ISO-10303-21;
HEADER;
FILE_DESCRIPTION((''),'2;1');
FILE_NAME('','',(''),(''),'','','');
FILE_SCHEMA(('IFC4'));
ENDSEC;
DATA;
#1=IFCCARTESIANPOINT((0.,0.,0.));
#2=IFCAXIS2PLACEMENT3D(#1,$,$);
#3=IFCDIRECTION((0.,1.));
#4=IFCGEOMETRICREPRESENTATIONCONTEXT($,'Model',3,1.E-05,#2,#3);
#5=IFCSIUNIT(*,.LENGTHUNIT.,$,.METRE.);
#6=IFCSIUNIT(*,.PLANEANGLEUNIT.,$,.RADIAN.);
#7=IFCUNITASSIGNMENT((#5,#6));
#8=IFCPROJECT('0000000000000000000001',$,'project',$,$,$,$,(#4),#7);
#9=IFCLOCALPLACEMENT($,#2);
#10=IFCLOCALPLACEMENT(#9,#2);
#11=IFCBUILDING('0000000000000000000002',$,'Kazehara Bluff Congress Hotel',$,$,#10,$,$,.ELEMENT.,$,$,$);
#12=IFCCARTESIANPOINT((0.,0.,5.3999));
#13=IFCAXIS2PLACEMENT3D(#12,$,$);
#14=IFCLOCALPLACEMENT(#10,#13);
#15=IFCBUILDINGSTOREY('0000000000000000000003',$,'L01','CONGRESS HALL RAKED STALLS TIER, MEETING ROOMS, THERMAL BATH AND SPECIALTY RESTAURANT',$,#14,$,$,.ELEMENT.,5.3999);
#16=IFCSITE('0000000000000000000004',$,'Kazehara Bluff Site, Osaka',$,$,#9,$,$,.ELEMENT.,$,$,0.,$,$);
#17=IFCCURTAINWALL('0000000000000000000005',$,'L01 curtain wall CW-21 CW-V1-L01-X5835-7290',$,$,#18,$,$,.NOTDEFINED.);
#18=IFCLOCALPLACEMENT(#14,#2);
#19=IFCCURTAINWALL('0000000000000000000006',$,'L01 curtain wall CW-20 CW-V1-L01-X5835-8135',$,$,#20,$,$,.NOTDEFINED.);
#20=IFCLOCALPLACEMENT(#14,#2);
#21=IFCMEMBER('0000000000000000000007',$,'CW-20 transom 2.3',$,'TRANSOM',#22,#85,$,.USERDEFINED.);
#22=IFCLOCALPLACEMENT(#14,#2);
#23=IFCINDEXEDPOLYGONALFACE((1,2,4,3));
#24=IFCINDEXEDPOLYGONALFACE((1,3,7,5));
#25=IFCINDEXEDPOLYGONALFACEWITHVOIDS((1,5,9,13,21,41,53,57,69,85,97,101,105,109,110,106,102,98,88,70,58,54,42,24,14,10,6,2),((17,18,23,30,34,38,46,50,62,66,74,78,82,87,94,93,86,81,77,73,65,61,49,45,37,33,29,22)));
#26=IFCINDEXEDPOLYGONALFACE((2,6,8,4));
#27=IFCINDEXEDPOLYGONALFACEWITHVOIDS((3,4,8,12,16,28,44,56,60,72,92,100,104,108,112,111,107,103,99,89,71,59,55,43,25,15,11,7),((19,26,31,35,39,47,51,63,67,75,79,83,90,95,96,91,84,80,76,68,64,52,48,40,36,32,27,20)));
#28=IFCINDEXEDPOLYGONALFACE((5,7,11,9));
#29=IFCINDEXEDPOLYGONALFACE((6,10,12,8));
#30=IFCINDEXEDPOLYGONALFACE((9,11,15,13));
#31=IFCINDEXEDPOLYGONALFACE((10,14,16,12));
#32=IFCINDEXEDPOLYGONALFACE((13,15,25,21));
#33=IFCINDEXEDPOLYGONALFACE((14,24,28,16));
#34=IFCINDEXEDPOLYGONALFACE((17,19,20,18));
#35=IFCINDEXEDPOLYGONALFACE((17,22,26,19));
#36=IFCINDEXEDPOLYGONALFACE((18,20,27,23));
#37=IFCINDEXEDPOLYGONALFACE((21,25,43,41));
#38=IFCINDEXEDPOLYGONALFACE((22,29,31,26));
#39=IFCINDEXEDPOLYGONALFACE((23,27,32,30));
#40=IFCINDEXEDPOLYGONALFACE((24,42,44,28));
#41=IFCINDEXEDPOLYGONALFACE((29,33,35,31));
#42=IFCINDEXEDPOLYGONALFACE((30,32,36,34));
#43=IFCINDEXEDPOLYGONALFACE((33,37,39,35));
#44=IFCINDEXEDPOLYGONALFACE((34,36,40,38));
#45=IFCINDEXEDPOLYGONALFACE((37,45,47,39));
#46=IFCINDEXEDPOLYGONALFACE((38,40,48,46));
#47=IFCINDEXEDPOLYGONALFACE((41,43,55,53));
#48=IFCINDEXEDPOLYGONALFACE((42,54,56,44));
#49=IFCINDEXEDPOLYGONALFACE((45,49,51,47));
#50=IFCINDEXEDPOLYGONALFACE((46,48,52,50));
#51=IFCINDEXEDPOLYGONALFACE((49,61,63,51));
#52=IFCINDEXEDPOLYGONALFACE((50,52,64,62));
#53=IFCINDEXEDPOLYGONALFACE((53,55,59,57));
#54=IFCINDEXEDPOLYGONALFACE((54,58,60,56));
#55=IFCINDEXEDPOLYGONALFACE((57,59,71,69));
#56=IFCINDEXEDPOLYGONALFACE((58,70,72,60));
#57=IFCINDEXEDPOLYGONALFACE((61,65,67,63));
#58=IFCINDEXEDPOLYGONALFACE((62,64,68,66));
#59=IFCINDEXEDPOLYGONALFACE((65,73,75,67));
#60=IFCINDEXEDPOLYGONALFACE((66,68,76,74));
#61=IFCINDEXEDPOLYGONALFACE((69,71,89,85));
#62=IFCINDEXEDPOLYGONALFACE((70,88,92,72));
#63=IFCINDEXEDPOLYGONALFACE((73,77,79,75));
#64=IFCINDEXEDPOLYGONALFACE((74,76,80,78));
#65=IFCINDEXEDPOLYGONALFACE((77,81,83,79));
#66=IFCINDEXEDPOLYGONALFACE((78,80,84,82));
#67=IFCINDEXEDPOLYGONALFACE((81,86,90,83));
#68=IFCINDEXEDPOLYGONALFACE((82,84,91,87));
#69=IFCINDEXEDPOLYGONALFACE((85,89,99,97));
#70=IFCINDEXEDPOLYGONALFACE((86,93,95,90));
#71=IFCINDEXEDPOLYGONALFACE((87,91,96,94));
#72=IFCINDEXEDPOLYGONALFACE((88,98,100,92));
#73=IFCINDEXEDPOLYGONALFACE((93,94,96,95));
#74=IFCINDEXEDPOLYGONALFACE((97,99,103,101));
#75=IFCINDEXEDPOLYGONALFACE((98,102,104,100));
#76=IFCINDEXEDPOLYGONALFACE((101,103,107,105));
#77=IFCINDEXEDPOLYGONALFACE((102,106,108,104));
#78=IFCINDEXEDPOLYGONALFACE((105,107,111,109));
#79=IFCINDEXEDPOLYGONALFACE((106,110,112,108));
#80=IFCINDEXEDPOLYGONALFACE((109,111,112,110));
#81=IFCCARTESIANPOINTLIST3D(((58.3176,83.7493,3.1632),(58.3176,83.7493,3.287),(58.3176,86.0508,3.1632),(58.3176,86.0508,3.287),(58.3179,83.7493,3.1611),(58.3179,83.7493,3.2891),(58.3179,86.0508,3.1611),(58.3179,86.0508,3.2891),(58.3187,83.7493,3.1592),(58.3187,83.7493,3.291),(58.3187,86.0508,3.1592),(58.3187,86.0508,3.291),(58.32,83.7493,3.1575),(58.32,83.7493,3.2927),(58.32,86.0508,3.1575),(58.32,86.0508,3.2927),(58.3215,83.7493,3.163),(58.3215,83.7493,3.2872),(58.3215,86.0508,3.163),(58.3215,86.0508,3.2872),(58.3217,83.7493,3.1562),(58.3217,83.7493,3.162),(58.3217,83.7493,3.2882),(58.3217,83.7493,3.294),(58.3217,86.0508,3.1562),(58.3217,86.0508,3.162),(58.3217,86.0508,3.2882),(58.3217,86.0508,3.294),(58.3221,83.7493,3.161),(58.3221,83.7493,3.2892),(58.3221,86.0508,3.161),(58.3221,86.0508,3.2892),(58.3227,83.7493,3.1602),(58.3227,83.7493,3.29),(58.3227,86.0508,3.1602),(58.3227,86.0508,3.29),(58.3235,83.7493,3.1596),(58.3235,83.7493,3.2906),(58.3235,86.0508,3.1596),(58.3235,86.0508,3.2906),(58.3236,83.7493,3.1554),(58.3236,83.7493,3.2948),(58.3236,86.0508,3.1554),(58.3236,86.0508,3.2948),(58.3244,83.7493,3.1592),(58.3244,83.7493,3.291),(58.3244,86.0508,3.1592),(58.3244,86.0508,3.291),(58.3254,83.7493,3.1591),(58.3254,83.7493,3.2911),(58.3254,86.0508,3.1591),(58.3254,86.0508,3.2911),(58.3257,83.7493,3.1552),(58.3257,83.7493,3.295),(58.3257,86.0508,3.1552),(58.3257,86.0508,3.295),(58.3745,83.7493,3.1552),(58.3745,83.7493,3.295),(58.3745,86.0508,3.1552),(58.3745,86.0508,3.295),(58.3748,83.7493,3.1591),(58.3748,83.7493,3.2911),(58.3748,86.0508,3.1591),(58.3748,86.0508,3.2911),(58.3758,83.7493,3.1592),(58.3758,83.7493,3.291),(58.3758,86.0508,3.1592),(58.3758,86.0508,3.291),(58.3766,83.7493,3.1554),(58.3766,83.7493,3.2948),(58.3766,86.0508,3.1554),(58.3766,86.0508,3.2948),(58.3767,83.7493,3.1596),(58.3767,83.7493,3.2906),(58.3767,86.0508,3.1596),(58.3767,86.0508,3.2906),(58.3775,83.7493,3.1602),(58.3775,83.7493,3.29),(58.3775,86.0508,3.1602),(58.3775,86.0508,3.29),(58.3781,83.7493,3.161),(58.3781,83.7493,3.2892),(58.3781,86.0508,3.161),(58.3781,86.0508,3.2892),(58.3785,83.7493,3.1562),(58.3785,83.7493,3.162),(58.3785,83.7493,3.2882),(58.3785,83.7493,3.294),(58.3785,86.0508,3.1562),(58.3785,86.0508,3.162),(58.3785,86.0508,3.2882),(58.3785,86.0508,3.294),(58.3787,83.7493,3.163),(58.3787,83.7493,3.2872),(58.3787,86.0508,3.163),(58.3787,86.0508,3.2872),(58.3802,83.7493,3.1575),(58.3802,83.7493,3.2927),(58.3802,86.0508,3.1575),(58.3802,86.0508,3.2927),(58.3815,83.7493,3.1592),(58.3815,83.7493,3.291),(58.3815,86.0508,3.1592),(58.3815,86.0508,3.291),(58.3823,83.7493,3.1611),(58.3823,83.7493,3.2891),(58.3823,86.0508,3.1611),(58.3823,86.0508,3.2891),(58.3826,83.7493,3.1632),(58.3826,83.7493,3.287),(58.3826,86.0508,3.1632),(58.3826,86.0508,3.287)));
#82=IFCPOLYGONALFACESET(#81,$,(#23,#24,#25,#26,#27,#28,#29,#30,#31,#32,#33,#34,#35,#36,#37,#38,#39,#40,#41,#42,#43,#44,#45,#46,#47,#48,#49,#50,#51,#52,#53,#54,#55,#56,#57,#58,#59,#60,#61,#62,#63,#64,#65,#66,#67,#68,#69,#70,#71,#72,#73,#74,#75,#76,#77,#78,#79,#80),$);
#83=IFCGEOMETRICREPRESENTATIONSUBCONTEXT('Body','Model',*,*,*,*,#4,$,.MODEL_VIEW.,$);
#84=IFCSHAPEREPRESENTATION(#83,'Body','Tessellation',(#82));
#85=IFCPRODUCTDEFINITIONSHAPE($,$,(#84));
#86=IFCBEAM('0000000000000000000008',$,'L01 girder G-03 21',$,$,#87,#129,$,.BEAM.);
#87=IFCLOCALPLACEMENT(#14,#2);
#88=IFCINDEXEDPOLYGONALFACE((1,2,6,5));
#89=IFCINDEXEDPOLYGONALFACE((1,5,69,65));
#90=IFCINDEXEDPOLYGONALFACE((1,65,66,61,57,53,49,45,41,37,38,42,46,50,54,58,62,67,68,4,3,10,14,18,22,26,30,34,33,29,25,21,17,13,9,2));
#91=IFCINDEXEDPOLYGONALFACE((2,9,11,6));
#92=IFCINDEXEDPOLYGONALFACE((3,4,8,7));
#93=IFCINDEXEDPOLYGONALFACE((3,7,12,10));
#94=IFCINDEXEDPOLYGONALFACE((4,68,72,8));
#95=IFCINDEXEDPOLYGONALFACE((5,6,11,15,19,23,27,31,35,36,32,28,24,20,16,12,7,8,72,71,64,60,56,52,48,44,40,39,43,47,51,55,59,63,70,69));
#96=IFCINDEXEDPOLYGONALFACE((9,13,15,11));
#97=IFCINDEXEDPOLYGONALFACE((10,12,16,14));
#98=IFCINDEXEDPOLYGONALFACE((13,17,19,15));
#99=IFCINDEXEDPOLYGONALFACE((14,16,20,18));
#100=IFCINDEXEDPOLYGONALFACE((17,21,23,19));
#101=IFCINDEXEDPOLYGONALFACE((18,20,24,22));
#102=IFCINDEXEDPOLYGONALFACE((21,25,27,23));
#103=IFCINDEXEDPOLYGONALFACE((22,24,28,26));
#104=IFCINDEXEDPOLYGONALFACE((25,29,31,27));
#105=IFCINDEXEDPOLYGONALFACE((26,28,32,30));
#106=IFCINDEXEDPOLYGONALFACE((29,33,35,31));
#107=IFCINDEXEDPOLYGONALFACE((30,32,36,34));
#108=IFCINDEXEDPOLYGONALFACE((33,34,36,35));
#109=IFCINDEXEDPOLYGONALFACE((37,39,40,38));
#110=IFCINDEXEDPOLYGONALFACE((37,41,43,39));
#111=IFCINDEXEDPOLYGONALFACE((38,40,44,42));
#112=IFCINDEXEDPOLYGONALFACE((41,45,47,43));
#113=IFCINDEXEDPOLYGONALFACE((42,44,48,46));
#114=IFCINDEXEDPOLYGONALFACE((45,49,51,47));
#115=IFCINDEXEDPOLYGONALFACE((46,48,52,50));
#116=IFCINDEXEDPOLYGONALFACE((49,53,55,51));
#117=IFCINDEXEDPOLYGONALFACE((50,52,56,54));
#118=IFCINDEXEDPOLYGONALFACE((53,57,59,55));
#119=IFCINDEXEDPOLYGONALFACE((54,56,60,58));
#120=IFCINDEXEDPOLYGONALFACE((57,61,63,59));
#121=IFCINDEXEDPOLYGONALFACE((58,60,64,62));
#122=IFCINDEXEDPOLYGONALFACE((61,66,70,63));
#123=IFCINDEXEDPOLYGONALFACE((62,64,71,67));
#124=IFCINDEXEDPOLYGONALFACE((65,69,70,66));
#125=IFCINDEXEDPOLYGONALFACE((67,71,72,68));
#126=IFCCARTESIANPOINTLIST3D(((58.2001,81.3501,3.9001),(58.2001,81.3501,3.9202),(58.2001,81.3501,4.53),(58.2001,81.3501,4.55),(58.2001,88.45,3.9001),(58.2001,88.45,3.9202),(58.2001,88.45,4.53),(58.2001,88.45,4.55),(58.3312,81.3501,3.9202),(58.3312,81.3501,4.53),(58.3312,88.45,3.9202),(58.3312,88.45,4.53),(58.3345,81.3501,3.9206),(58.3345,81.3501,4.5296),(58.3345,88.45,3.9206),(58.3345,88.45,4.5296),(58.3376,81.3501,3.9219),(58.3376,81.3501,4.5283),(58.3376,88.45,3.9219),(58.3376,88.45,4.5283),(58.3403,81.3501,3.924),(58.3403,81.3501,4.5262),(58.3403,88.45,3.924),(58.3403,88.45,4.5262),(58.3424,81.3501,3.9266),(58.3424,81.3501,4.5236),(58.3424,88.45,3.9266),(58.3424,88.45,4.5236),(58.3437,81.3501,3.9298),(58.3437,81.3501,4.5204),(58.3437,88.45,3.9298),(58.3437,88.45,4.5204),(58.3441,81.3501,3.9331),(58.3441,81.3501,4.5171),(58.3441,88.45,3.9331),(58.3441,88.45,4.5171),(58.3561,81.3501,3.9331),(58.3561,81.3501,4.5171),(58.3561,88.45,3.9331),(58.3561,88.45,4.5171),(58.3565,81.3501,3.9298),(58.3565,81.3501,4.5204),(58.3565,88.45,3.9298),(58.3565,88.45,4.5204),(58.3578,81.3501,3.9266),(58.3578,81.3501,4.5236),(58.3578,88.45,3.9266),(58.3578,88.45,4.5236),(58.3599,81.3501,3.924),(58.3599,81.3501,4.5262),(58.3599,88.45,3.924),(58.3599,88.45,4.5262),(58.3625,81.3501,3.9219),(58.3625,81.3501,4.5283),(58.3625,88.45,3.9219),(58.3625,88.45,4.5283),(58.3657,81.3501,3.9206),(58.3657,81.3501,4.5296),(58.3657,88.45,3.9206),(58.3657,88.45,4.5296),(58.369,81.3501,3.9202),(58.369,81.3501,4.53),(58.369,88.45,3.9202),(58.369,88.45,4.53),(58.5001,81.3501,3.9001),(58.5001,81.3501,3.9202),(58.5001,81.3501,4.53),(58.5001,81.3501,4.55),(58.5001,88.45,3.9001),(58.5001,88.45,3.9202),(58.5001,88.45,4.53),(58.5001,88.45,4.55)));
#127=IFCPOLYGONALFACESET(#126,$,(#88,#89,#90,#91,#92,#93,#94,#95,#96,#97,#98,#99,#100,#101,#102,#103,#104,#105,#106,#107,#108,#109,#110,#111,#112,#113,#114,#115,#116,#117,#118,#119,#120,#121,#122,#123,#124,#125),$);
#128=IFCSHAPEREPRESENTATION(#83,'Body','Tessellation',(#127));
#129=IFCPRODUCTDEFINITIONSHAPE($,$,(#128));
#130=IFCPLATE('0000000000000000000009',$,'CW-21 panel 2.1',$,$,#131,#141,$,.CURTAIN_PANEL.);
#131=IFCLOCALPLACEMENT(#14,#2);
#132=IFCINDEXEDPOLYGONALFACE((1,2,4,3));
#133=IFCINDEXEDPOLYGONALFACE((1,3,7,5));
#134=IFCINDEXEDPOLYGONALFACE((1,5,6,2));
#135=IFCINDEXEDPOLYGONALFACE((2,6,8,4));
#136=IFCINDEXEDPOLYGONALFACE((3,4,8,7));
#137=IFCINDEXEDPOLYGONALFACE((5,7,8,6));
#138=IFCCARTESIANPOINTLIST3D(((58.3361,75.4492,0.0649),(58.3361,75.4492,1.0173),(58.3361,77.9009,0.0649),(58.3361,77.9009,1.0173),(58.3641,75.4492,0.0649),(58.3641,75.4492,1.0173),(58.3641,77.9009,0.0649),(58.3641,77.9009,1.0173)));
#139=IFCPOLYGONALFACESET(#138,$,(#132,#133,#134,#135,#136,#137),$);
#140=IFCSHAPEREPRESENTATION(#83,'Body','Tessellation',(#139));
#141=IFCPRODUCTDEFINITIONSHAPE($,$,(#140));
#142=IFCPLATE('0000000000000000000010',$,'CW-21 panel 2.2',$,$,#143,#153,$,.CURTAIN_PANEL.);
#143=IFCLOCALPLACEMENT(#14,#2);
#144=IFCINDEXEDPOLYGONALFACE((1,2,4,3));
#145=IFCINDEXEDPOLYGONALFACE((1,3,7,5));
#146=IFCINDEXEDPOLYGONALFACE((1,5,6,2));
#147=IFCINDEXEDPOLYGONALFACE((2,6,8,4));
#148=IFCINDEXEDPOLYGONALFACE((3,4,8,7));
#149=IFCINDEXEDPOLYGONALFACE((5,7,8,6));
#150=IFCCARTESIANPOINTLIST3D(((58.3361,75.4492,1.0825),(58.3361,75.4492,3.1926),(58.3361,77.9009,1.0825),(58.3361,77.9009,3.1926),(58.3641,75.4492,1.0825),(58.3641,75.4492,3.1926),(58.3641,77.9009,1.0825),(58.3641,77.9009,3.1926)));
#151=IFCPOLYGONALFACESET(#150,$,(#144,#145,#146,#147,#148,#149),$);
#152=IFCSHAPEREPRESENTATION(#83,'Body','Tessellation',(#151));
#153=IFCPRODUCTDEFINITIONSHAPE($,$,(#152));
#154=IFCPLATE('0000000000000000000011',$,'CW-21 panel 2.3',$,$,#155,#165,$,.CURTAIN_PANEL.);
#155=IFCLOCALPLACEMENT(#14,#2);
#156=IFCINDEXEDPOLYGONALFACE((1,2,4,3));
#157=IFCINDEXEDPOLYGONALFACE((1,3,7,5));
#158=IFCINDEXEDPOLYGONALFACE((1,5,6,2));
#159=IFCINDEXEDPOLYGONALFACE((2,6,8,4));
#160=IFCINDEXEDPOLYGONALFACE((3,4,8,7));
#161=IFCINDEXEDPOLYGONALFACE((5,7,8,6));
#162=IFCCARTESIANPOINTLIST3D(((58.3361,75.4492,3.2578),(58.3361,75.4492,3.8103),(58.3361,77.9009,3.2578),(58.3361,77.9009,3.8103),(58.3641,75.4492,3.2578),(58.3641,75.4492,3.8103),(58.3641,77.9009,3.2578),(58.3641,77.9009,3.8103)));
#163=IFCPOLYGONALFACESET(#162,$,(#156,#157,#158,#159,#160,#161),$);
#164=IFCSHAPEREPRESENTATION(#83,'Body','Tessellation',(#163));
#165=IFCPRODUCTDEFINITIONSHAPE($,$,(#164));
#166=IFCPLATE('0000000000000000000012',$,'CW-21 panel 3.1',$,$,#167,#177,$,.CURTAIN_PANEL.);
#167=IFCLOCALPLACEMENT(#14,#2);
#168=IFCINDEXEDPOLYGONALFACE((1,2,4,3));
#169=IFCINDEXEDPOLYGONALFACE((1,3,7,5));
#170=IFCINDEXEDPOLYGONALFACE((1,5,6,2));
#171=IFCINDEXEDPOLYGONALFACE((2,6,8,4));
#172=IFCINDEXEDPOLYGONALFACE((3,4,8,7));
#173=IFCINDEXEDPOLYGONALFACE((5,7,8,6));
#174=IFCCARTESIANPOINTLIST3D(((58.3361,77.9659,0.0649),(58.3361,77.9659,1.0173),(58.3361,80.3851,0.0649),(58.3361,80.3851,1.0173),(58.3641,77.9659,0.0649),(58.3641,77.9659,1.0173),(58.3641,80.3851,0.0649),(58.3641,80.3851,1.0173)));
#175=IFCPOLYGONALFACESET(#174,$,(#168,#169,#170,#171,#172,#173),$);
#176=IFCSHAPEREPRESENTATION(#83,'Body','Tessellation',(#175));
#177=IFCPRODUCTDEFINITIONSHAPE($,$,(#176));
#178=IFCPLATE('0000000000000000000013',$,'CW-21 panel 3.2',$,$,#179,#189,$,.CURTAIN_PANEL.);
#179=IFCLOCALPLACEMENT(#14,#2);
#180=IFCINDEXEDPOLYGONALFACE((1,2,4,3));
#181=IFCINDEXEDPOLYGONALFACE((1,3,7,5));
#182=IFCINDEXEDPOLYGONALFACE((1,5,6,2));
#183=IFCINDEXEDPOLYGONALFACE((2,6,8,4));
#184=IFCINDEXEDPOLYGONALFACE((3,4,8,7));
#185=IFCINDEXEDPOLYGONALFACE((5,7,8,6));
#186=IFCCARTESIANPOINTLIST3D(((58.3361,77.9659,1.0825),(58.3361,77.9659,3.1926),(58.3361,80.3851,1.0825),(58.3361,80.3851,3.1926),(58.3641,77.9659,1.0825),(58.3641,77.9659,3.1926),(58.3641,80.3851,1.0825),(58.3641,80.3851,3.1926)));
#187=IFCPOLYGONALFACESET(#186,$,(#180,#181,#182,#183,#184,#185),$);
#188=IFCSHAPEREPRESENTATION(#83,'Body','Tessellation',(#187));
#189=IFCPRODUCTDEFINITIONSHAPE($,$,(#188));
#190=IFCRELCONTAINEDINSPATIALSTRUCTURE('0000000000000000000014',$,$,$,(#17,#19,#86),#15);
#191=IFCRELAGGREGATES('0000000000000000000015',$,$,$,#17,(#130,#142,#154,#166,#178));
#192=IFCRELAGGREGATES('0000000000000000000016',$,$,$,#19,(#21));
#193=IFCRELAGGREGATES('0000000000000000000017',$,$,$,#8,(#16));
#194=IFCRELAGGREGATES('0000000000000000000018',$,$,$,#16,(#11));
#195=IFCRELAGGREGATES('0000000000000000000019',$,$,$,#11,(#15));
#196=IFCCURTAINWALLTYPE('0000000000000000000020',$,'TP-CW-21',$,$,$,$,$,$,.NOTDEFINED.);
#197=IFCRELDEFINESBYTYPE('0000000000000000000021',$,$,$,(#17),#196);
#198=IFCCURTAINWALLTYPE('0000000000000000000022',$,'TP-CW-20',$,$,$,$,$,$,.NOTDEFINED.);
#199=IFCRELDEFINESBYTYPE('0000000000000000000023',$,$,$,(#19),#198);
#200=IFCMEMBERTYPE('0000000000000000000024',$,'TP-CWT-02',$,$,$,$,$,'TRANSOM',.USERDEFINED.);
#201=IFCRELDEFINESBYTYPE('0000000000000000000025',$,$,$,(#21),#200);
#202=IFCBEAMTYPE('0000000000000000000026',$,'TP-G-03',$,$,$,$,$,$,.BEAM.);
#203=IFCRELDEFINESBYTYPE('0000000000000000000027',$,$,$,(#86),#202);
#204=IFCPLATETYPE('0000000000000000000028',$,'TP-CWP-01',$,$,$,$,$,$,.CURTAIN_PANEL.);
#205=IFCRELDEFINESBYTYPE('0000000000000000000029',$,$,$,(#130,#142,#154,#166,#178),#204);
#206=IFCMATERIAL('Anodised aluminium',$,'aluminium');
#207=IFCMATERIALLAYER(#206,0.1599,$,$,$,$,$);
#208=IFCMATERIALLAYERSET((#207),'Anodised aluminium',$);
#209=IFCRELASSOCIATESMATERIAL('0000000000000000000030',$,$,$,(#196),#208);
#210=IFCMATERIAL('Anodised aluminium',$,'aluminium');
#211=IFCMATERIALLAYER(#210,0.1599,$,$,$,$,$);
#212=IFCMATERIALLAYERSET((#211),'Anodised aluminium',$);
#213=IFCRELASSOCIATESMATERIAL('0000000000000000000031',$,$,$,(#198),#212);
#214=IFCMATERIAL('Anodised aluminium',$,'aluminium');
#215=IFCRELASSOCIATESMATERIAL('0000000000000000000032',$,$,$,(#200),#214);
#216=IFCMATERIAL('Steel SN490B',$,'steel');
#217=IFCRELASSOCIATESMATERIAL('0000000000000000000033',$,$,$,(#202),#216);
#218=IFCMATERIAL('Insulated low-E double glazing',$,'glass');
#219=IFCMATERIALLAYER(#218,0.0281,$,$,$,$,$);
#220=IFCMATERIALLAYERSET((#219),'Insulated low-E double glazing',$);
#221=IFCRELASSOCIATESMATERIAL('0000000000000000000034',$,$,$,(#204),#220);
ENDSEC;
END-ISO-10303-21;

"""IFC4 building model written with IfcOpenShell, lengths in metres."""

from ifc_helpers import new_model, si_unit, direction, frame, origin, origin_2d, place, context, subcontext, project, spatial, rectangle, hollow_rectangle, i_section, extrude, material, layer, layer_set, material_profile, profile_set, type_object, element, aggregate, save


model = new_model("IFC4")

# Units and contexts
model_context = context("Model", 3, precision=1e-05, world=origin(), true_north=direction((0.0, 1.0)))
body_context = subcontext(model_context, "Body", "Model", "MODEL_VIEW")
ifc_project = project(units=[si_unit("LENGTHUNIT", "METRE"), si_unit("PLANEANGLEUNIT", "RADIAN")], contexts=[model_context])

# Site, building, storey
site_placement = place(None, origin())
site = spatial("IfcSite", under=ifc_project, at=site_placement, Name="Kazehara Bluff Site, Osaka", CompositionType="ELEMENT", RefElevation=0.0)
building_placement = place(site_placement, origin())
building = spatial("IfcBuilding", under=site, at=building_placement, Name="Kazehara Bluff Congress Hotel", CompositionType="ELEMENT")
storey_placement = place(building_placement, frame((0.0, 0.0, 5.3999)))
storey = spatial("IfcBuildingStorey", under=building, at=storey_placement, Name="L01", Description="CONGRESS HALL RAKED STALLS TIER, MEETING ROOMS, THERMAL BATH AND SPECIALTY RESTAURANT", CompositionType="ELEMENT", Elevation=5.3999)

# Curtain walls
ifc_material_1 = material(Name="Anodised aluminium", Category="aluminium")
ifc_layer_1 = layer(ifc_material_1, 0.1599)
ifc_layer_set_1 = layer_set([ifc_layer_1], Name="Anodised aluminium")
curtain_wall_type_1 = type_object("IfcCurtainWallType", Name="TP-CW-21", PredefinedType="NOTDEFINED", material=ifc_layer_set_1)
curtain_wall_1_placement = place(storey_placement, origin())
curtain_wall_1 = element("IfcCurtainWall", 1, at=curtain_wall_1_placement, inside=storey, type_object=curtain_wall_type_1, Name="L01 curtain wall CW-21 CW-V1-L01-X5835-7290", PredefinedType="NOTDEFINED")
ifc_material_2 = material(Name="Anodised aluminium", Category="aluminium")
ifc_layer_2 = layer(ifc_material_2, 0.1599)
ifc_layer_set_2 = layer_set([ifc_layer_2], Name="Anodised aluminium")
curtain_wall_type_2 = type_object("IfcCurtainWallType", Name="TP-CW-20", PredefinedType="NOTDEFINED", material=ifc_layer_set_2)
curtain_wall_2_placement = place(storey_placement, origin())
curtain_wall_2 = element("IfcCurtainWall", 2, at=curtain_wall_2_placement, inside=storey, type_object=curtain_wall_type_2, Name="L01 curtain wall CW-20 CW-V1-L01-X5835-8135", PredefinedType="NOTDEFINED")

# Member
ifc_material_3 = material(Name="Anodised aluminium", Category="aluminium")
ifc_material_profile_1 = material_profile(ifc_material_3, hollow_rectangle(XDim=0.0649, YDim=0.1399, WallThickness=0.0039, InnerFilletRadius=0.0039, OuterFilletRadius=0.0081, at=origin_2d()))
ifc_profile_set_1 = profile_set([ifc_material_profile_1], Name="Anodised aluminium")
member_type_1 = type_object("IfcMemberType", Name="TP-CWT-02", ElementType="TRANSOM", PredefinedType="USERDEFINED", material=ifc_profile_set_1)
member_1_placement = place(storey_placement, frame((58.3501, 83.7493, 3.2251), z_axis=(0.0, 1.0, 0.0), x_axis=(-1.0, 0.0, 0.0)))
member_1 = element("IfcMember", 3, at=member_1_placement, type_object=member_type_1, Name="CW-20 transom 2.3", ObjectType="TRANSOM", PredefinedType="USERDEFINED", context=body_context, shape_type="SweptSolid", body=[
    extrude(hollow_rectangle(XDim=0.0649, YDim=0.1399, WallThickness=0.0039, InnerFilletRadius=0.0039, OuterFilletRadius=0.0081, at=origin_2d()), origin(), (0.0, 0.0, 1.0), 2.3015),
])

# Beam
ifc_material_4 = material(Name="Steel SN490B", Category="steel")
ifc_material_profile_2 = material_profile(ifc_material_4, i_section(OverallWidth=0.3, OverallDepth=0.6499, WebThickness=0.012, FlangeThickness=0.02, FilletRadius=0.0129, at=origin_2d()))
ifc_profile_set_2 = profile_set([ifc_material_profile_2], Name="Steel SN490B")
beam_type = type_object("IfcBeamType", Name="TP-G-03", PredefinedType="BEAM", material=ifc_profile_set_2)
beam_placement = place(storey_placement, frame((58.3501, 81.3501, 4.2251), z_axis=(0.0, 1.0, 0.0), x_axis=(-1.0, 0.0, 0.0)))
element("IfcBeam", 4, at=beam_placement, inside=storey, type_object=beam_type, Name="L01 girder G-03 21", PredefinedType="BEAM", context=body_context, shape_type="SweptSolid", body=[
    extrude(i_section(OverallWidth=0.3, OverallDepth=0.6499, WebThickness=0.012, FlangeThickness=0.02, FilletRadius=0.0129, at=origin_2d()), origin(), (0.0, 0.0, 1.0), 7.0999),
])

# Plates
ifc_material_5 = material(Name="Insulated low-E double glazing", Category="glass")
ifc_layer_3 = layer(ifc_material_5, 0.0281)
ifc_layer_set_3 = layer_set([ifc_layer_3], Name="Insulated low-E double glazing")
plate_type = type_object("IfcPlateType", Name="TP-CWP-01", PredefinedType="CURTAIN_PANEL", material=ifc_layer_set_3)
plate_1_placement = place(storey_placement, frame((58.3501, 76.675, 0.0649), z_axis=(0.0, 0.0, 1.0), x_axis=(0.0, 1.0, 0.0)))
plate_1 = element("IfcPlate", 5, at=plate_1_placement, type_object=plate_type, Name="CW-21 panel 2.1", PredefinedType="CURTAIN_PANEL", context=body_context, shape_type="SweptSolid", body=[
    extrude(rectangle(XDim=2.4517, YDim=0.0281, at=origin_2d()), origin(), (0.0, 0.0, 1.0), 0.9524),
])
plate_2_placement = place(storey_placement, frame((58.3501, 76.675, 1.0825), z_axis=(0.0, 0.0, 1.0), x_axis=(0.0, 1.0, 0.0)))
plate_2 = element("IfcPlate", 6, at=plate_2_placement, type_object=plate_type, Name="CW-21 panel 2.2", PredefinedType="CURTAIN_PANEL", context=body_context, shape_type="SweptSolid", body=[
    extrude(rectangle(XDim=2.4517, YDim=0.0281, at=origin_2d()), origin(), (0.0, 0.0, 1.0), 2.1101),
])
plate_3_placement = place(storey_placement, frame((58.3501, 76.675, 3.2578), z_axis=(0.0, 0.0, 1.0), x_axis=(0.0, 1.0, 0.0)))
plate_3 = element("IfcPlate", 7, at=plate_3_placement, type_object=plate_type, Name="CW-21 panel 2.3", PredefinedType="CURTAIN_PANEL", context=body_context, shape_type="SweptSolid", body=[
    extrude(rectangle(XDim=2.4517, YDim=0.0281, at=origin_2d()), origin(), (0.0, 0.0, 1.0), 0.5525),
])
plate_4_placement = place(storey_placement, frame((58.3501, 79.1755, 0.0649), z_axis=(0.0, 0.0, 1.0), x_axis=(0.0, 1.0, 0.0)))
plate_4 = element("IfcPlate", 8, at=plate_4_placement, type_object=plate_type, Name="CW-21 panel 3.1", PredefinedType="CURTAIN_PANEL", context=body_context, shape_type="SweptSolid", body=[
    extrude(rectangle(XDim=2.4192, YDim=0.0281, at=origin_2d()), origin(), (0.0, 0.0, 1.0), 0.9524),
])
plate_5_placement = place(storey_placement, frame((58.3501, 79.1755, 1.0825), z_axis=(0.0, 0.0, 1.0), x_axis=(0.0, 1.0, 0.0)))
plate_5 = element("IfcPlate", 9, at=plate_5_placement, type_object=plate_type, Name="CW-21 panel 3.2", PredefinedType="CURTAIN_PANEL", context=body_context, shape_type="SweptSolid", body=[
    extrude(rectangle(XDim=2.4192, YDim=0.0281, at=origin_2d()), origin(), (0.0, 0.0, 1.0), 2.1101),
])
aggregate(curtain_wall_1, [plate_1, plate_2, plate_3, plate_4, plate_5])
aggregate(curtain_wall_2, [member_1])

save(model, "model.ifc")
